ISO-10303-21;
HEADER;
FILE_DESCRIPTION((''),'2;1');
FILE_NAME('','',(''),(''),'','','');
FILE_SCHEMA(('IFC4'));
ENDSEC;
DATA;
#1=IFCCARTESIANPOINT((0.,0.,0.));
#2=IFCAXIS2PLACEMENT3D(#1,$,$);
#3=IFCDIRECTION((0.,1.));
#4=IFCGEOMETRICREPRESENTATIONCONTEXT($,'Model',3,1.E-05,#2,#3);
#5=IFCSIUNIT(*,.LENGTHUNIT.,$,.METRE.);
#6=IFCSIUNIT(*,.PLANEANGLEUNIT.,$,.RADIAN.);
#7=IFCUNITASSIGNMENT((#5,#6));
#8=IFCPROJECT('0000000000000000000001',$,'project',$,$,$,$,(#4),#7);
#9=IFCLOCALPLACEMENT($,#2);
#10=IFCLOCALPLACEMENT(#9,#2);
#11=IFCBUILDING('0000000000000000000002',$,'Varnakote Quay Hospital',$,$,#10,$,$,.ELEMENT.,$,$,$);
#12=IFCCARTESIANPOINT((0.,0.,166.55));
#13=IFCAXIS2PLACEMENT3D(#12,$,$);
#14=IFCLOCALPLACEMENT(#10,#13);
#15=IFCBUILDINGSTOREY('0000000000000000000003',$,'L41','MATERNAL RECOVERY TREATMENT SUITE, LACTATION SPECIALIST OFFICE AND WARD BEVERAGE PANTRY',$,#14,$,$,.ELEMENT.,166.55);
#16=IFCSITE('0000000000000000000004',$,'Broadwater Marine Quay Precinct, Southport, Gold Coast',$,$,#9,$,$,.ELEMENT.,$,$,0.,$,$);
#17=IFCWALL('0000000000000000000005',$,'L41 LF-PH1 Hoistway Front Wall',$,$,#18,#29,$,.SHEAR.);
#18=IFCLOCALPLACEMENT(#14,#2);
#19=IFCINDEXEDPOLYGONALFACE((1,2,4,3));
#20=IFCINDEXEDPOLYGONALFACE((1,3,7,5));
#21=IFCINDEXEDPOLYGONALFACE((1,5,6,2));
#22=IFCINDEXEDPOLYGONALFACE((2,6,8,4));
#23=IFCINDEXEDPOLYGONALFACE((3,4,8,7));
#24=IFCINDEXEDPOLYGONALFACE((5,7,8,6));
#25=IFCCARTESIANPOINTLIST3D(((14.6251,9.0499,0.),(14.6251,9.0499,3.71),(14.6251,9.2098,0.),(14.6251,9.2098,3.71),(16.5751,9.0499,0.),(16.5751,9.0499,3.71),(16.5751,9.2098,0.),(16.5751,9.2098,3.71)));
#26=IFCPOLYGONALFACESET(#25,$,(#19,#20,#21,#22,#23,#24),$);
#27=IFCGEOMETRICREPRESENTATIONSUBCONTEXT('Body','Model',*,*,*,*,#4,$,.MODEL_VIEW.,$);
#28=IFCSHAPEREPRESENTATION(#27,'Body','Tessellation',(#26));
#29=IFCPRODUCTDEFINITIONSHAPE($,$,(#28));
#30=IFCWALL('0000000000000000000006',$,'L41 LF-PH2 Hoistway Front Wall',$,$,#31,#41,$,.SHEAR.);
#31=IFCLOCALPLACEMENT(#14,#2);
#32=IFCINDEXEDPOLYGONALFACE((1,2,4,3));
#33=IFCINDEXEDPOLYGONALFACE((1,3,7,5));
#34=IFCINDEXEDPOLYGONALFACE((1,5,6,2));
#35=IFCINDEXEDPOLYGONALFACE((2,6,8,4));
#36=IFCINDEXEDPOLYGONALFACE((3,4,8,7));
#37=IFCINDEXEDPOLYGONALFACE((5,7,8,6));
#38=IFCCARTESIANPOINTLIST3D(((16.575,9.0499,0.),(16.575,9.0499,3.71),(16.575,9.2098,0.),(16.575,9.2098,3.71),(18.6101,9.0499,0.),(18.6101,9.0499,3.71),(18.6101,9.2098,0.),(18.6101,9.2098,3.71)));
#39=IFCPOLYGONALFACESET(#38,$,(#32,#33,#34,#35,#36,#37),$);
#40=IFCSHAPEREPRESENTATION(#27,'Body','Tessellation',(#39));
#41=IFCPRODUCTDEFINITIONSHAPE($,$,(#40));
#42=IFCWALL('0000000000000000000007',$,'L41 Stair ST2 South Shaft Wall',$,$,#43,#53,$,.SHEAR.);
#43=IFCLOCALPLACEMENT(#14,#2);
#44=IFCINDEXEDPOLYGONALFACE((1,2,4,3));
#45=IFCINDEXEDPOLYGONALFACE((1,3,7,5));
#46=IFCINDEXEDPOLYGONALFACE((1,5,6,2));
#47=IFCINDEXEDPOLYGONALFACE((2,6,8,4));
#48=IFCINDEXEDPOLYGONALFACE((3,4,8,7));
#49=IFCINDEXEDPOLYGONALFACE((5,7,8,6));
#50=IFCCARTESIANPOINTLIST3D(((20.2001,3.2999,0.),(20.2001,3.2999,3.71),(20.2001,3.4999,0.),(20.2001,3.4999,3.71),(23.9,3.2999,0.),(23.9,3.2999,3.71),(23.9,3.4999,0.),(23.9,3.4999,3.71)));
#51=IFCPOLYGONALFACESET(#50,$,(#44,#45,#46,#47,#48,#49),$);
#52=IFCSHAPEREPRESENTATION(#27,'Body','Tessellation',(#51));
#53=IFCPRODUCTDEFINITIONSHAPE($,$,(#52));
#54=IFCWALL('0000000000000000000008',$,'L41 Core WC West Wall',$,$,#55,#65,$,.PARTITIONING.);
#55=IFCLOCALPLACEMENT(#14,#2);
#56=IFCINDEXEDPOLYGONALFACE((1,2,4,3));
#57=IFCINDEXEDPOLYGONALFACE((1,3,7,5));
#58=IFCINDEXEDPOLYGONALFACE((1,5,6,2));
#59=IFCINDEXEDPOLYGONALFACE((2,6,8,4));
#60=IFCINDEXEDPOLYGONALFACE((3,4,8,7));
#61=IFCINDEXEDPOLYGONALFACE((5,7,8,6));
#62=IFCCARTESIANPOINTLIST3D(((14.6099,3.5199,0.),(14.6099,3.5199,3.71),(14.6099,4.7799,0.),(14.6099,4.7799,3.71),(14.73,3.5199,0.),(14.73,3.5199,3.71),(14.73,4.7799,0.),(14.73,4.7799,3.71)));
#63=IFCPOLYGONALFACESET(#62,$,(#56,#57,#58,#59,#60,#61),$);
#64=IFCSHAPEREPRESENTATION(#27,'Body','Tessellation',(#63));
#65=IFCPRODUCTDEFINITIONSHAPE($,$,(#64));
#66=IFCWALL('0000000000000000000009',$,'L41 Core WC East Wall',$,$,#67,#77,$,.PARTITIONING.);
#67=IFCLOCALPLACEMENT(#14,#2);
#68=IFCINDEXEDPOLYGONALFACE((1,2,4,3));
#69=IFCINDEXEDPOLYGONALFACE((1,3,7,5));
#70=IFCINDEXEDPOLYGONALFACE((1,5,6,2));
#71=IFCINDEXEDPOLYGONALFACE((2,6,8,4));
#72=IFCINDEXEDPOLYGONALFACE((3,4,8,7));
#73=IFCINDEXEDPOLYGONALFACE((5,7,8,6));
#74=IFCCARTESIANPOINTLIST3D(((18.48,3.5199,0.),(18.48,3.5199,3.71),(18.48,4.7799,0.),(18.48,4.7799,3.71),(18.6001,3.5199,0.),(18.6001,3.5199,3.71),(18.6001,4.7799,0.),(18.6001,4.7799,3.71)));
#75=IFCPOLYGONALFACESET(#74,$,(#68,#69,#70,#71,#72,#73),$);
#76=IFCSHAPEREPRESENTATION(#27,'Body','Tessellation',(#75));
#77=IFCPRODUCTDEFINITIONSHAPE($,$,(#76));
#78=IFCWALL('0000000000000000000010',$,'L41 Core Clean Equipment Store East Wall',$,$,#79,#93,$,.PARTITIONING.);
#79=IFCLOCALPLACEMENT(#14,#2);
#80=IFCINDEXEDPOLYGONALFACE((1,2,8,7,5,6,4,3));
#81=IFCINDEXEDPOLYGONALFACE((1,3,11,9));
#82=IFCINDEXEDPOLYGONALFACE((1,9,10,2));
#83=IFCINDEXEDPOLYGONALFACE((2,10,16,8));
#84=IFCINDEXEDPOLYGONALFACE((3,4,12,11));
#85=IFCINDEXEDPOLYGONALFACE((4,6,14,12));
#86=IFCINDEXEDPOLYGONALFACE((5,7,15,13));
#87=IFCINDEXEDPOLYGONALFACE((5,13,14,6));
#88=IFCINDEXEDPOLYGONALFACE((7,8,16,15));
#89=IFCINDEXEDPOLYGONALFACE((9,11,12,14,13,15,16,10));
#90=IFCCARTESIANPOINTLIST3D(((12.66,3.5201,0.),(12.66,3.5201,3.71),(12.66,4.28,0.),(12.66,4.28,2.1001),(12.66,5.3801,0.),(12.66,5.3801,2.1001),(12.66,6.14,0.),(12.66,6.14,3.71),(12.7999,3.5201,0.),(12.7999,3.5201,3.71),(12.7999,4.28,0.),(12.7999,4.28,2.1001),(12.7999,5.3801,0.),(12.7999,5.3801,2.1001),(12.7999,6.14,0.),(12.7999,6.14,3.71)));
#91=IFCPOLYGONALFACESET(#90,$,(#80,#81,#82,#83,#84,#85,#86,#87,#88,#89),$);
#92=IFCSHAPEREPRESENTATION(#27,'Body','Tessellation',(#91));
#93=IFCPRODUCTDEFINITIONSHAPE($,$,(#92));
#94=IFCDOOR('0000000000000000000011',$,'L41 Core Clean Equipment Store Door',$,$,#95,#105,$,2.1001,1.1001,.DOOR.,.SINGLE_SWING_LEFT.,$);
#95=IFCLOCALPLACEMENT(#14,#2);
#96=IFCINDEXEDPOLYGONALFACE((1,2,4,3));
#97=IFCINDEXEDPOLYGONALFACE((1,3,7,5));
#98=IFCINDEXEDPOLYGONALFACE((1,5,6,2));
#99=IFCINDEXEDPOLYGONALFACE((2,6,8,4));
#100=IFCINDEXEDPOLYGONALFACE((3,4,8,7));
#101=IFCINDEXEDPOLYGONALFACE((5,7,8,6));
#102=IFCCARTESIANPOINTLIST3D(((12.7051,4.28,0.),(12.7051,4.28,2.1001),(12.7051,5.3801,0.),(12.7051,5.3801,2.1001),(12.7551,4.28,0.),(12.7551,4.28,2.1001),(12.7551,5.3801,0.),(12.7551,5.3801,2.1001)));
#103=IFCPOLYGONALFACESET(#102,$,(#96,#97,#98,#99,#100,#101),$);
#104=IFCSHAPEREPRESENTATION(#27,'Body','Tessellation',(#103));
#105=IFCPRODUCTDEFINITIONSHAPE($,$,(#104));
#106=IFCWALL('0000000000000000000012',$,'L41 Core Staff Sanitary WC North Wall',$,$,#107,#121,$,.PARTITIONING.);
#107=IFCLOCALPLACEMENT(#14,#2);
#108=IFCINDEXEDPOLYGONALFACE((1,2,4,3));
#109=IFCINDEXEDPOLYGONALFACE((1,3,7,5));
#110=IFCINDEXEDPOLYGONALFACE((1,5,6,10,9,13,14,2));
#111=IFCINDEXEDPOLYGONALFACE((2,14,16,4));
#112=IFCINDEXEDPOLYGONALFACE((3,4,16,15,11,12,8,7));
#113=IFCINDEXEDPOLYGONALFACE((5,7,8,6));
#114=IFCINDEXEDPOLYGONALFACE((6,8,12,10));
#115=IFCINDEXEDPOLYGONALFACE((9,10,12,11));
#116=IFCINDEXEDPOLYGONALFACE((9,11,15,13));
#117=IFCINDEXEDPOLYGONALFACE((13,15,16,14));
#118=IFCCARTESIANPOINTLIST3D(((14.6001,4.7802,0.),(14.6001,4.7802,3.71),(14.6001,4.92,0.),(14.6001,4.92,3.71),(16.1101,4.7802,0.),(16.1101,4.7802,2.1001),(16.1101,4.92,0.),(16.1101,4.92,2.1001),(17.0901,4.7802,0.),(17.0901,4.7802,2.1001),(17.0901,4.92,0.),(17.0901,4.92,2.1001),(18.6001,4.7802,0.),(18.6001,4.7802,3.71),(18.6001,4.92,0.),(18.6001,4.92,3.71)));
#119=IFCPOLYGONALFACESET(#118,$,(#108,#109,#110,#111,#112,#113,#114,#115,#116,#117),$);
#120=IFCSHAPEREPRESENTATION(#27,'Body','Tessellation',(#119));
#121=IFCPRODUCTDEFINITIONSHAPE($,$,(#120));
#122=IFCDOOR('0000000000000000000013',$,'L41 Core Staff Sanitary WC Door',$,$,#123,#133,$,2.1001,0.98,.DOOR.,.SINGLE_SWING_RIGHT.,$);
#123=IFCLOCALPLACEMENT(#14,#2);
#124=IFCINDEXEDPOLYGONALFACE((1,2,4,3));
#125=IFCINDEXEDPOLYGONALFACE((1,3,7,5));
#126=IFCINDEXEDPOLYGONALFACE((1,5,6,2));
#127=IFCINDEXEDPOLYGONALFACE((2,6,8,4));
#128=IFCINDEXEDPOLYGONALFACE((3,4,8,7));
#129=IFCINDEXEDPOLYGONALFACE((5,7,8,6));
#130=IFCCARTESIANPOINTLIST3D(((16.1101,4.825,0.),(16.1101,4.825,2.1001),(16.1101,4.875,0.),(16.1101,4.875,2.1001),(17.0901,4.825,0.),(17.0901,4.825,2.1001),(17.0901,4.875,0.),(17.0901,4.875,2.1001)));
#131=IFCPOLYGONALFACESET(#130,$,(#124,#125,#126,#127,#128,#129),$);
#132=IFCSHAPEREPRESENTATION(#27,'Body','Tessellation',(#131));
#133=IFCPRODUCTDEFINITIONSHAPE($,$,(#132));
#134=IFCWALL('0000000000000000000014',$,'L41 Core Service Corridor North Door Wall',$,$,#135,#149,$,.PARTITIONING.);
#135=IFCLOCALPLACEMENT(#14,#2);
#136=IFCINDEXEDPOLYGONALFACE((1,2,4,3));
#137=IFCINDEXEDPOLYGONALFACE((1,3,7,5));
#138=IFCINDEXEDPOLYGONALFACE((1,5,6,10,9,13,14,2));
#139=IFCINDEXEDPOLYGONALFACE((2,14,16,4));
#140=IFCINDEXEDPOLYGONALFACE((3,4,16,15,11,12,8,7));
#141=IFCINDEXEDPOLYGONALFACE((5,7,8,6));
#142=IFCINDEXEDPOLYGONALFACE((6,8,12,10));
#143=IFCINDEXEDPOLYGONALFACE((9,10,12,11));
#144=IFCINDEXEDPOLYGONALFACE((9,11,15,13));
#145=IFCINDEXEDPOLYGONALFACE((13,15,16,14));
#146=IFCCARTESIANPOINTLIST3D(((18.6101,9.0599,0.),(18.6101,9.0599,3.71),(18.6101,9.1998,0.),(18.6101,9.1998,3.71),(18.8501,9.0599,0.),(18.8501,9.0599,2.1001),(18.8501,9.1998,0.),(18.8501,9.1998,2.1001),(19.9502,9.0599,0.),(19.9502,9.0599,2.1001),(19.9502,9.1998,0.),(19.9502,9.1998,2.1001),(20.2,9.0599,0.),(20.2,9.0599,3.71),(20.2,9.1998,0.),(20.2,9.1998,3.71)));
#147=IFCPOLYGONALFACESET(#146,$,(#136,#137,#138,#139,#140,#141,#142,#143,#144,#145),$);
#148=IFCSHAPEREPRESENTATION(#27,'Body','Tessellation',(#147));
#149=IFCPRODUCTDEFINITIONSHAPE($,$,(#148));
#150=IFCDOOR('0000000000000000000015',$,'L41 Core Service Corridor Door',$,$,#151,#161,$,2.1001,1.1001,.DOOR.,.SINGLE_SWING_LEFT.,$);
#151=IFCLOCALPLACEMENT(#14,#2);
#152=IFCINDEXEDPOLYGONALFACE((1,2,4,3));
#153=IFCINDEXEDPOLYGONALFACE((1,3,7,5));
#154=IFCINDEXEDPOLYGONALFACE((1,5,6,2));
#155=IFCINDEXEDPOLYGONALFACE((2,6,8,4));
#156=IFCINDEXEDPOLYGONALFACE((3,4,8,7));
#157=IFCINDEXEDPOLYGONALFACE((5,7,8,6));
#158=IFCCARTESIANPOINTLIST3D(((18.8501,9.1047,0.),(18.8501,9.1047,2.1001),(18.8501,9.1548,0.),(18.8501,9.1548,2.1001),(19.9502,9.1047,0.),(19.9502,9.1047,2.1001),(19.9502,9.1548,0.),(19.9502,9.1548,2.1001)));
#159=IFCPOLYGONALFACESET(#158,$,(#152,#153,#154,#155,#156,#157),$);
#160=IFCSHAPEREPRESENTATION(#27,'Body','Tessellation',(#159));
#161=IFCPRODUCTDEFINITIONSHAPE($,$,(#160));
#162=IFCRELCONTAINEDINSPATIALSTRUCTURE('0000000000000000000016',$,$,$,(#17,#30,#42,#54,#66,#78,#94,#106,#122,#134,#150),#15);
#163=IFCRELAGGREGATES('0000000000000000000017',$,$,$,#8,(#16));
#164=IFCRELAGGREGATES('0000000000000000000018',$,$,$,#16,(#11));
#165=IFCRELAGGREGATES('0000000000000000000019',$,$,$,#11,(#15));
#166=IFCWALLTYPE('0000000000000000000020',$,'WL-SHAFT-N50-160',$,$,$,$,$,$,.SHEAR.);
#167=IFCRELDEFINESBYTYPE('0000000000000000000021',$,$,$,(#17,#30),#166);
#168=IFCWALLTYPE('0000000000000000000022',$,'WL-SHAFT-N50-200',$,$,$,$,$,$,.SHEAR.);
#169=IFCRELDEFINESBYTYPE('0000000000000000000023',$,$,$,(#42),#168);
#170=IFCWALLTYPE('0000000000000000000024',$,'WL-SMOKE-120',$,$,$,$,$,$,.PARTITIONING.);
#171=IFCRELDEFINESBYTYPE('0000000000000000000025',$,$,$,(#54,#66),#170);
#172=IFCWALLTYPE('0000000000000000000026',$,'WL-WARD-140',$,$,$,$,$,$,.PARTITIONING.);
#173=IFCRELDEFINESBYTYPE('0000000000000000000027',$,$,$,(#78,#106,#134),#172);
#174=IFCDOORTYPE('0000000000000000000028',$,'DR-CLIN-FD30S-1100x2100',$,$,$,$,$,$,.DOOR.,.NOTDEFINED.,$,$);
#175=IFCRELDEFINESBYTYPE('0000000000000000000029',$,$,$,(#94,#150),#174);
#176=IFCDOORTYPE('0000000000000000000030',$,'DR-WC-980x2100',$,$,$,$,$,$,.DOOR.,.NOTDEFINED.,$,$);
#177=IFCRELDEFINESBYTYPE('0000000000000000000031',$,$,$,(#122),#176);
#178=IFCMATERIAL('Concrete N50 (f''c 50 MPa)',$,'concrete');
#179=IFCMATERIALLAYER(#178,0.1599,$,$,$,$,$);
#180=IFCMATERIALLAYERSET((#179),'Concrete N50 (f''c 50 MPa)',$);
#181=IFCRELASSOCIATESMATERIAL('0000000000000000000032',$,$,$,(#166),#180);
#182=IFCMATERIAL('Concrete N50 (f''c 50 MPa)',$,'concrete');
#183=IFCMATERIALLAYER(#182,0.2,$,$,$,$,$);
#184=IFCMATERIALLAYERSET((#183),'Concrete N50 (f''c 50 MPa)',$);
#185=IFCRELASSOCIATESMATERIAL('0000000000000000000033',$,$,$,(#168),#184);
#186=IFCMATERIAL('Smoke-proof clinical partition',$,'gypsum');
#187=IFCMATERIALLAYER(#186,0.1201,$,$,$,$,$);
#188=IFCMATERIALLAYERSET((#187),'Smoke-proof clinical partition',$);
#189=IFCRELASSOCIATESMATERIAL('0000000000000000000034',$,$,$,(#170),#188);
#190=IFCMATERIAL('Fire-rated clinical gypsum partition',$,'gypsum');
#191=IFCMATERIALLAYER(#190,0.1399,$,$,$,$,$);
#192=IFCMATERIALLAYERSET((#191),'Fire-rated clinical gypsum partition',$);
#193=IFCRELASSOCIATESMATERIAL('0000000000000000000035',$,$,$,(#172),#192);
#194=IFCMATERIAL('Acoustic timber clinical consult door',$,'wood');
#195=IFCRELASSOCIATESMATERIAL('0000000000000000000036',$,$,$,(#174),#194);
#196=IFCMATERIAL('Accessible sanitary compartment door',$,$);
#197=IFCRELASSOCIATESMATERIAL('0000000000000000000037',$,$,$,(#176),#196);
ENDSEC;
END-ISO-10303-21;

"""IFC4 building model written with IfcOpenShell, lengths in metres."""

from ifc_helpers import new_model, si_unit, direction, frame, frame_2d, origin, place, context, subcontext, project, spatial, rectangle, extrude, material, layer, layer_set, type_object, element, fill, save


model = new_model("IFC4")

# Units and contexts
model_context = context("Model", 3, precision=1e-05, world=origin(), true_north=direction((0.0, 1.0)))
body_context = subcontext(model_context, "Body", "Model", "MODEL_VIEW")
ifc_project = project(units=[si_unit("LENGTHUNIT", "METRE"), si_unit("PLANEANGLEUNIT", "RADIAN")], contexts=[model_context])

# Site, building, storey
site_placement = place(None, origin())
site = spatial("IfcSite", under=ifc_project, at=site_placement, Name="Broadwater Marine Quay Precinct, Southport, Gold Coast", CompositionType="ELEMENT", RefElevation=0.0)
building_placement = place(site_placement, origin())
building = spatial("IfcBuilding", under=site, at=building_placement, Name="Varnakote Quay Hospital", CompositionType="ELEMENT")
storey_placement = place(building_placement, frame((0.0, 0.0, 166.55)))
storey = spatial("IfcBuildingStorey", under=building, at=storey_placement, Name="L41", Description="MATERNAL RECOVERY TREATMENT SUITE, LACTATION SPECIALIST OFFICE AND WARD BEVERAGE PANTRY", CompositionType="ELEMENT", Elevation=166.55)

# Shared definitions
ifc_material_1 = material(Name="Concrete N50 (f'c 50 MPa)", Category="concrete")
ifc_layer_1 = layer(ifc_material_1, 0.1599)
ifc_layer_set_1 = layer_set([ifc_layer_1], Name="Concrete N50 (f'c 50 MPa)")
wall_type_1 = type_object("IfcWallType", Name="WL-SHAFT-N50-160", PredefinedType="SHEAR", material=ifc_layer_set_1)

# Walls
wall_1_placement = place(storey_placement, frame((14.625, 9.1299, 0.0), z_axis=(0.0, 0.0, 1.0), x_axis=(1.0, 0.0, 0.0)))
element("IfcWall", 1, at=wall_1_placement, inside=storey, type_object=wall_type_1, Name="L41 LF-PH1 Hoistway Front Wall", PredefinedType="SHEAR", context=body_context, shape_type="SweptSolid", body=[
    extrude(rectangle(XDim=1.95, YDim=0.1599, at=frame_2d((0.9751, 0.0))), origin(), (0.0, 0.0, 1.0), 3.71),
])
wall_2_placement = place(storey_placement, frame((16.575, 9.1299, 0.0), z_axis=(0.0, 0.0, 1.0), x_axis=(1.0, 0.0, 0.0)))
element("IfcWall", 2, at=wall_2_placement, inside=storey, type_object=wall_type_1, Name="L41 LF-PH2 Hoistway Front Wall", PredefinedType="SHEAR", context=body_context, shape_type="SweptSolid", body=[
    extrude(rectangle(XDim=2.0352, YDim=0.1599, at=frame_2d((1.0176, 0.0))), origin(), (0.0, 0.0, 1.0), 3.71),
])
ifc_material_2 = material(Name="Concrete N50 (f'c 50 MPa)", Category="concrete")
ifc_layer_2 = layer(ifc_material_2, 0.2)
ifc_layer_set_2 = layer_set([ifc_layer_2], Name="Concrete N50 (f'c 50 MPa)")
wall_type_2 = type_object("IfcWallType", Name="WL-SHAFT-N50-200", PredefinedType="SHEAR", material=ifc_layer_set_2)
wall_3_placement = place(storey_placement, frame((20.2, 3.3999, 0.0), z_axis=(0.0, 0.0, 1.0), x_axis=(1.0, 0.0, 0.0)))
element("IfcWall", 3, at=wall_3_placement, inside=storey, type_object=wall_type_2, Name="L41 Stair ST2 South Shaft Wall", PredefinedType="SHEAR", context=body_context, shape_type="SweptSolid", body=[
    extrude(rectangle(XDim=3.7, YDim=0.2, at=frame_2d((1.8501, 0.0))), origin(), (0.0, 0.0, 1.0), 3.71),
])

# Walls
ifc_material_3 = material(Name="Smoke-proof clinical partition", Category="gypsum")
ifc_layer_3 = layer(ifc_material_3, 0.1201)
ifc_layer_set_3 = layer_set([ifc_layer_3], Name="Smoke-proof clinical partition")
wall_type_3 = type_object("IfcWallType", Name="WL-SMOKE-120", PredefinedType="PARTITIONING", material=ifc_layer_set_3)
for number, where, z_axis, x_axis, name in (
    (4, (14.6699, 3.52, 0.0), (0.0, 0.0, 1.0), (0.0, 1.0, 0.0), "L41 Core WC West Wall"),
    (5, (18.54, 3.52, 0.0), (0.0, 0.0, 1.0), (0.0, 1.0, 0.0), "L41 Core WC East Wall"),
):
    element("IfcWall", number, at=place(storey_placement, frame(where, z_axis=z_axis, x_axis=x_axis)), inside=storey, type_object=wall_type_3, Name=name, PredefinedType="PARTITIONING", context=body_context, shape_type="SweptSolid", body=[
        extrude(rectangle(XDim=1.26, YDim=0.1201, at=frame_2d((0.6299, 0.0))), origin(), (0.0, 0.0, 1.0), 3.71),
    ])

# Walls, openings, doors
ifc_material_4 = material(Name="Fire-rated clinical gypsum partition", Category="gypsum")
ifc_layer_4 = layer(ifc_material_4, 0.1399)
ifc_layer_set_4 = layer_set([ifc_layer_4], Name="Fire-rated clinical gypsum partition")
wall_type_4 = type_object("IfcWallType", Name="WL-WARD-140", PredefinedType="PARTITIONING", material=ifc_layer_set_4)
wall_4_placement = place(storey_placement, frame((12.73, 3.52, 0.0), z_axis=(0.0, 0.0, 1.0), x_axis=(0.0, 1.0, 0.0)))
wall_4 = element("IfcWall", 6, at=wall_4_placement, inside=storey, type_object=wall_type_4, Name="L41 Core Clean Equipment Store East Wall", PredefinedType="PARTITIONING", context=body_context, shape_type="SweptSolid", body=[
    extrude(rectangle(XDim=2.6199, YDim=0.1399, at=frame_2d((1.3101, 0.0))), origin(), (0.0, 0.0, 1.0), 3.71),
])
opening_1_placement = place(wall_4_placement, frame((0.76, 0.0, 0.0)))
opening_1 = element("IfcOpeningElement", 7, at=opening_1_placement, cuts=wall_4, PredefinedType="OPENING", context=body_context, shape_type="SweptSolid", body=[
    extrude(rectangle(XDim=1.1001, YDim=2.1001, at=frame_2d((0.55, 1.05))), frame((0.0, 0.0798, 0.0), z_axis=(0.0, -1.0, 0.0), x_axis=(1.0, 0.0, 0.0)), (0.0, 0.0, 1.0), 0.1599),
])
ifc_material_5 = material(Name="Acoustic timber clinical consult door", Category="wood")
door_type_1 = type_object("IfcDoorType", Name="DR-CLIN-FD30S-1100x2100", OperationType="NOTDEFINED", PredefinedType="DOOR", material=ifc_material_5)
door_1_placement = place(opening_1_placement, origin())
door_1 = element("IfcDoor", 8, at=door_1_placement, inside=storey, type_object=door_type_1, Name="L41 Core Clean Equipment Store Door", OperationType="SINGLE_SWING_LEFT", OverallHeight=2.1001, OverallWidth=1.1001, PredefinedType="DOOR", context=body_context, shape_type="SweptSolid", body=[
    extrude(rectangle(XDim=1.1001, YDim=2.1001, at=frame_2d((0.55, 1.05))), frame((0.0, 0.0249, 0.0), z_axis=(0.0, -1.0, 0.0), x_axis=(1.0, 0.0, 0.0)), (0.0, 0.0, 1.0), 0.05),
])
fill(opening_1, door_1)
wall_5_placement = place(storey_placement, frame((14.6001, 4.8501, 0.0), z_axis=(0.0, 0.0, 1.0), x_axis=(1.0, 0.0, 0.0)))
wall_5 = element("IfcWall", 9, at=wall_5_placement, inside=storey, type_object=wall_type_4, Name="L41 Core Staff Sanitary WC North Wall", PredefinedType="PARTITIONING", context=body_context, shape_type="SweptSolid", body=[
    extrude(rectangle(XDim=4.0, YDim=0.1399, at=frame_2d((2.0, 0.0))), origin(), (0.0, 0.0, 1.0), 3.71),
])
opening_2_placement = place(wall_5_placement, frame((1.51, 0.0, 0.0)))
opening_2 = element("IfcOpeningElement", 10, at=opening_2_placement, cuts=wall_5, PredefinedType="OPENING", context=body_context, shape_type="SweptSolid", body=[
    extrude(rectangle(XDim=0.98, YDim=2.1001, at=frame_2d((0.49, 1.05))), frame((0.0, 0.0798, 0.0), z_axis=(0.0, -1.0, 0.0), x_axis=(1.0, 0.0, 0.0)), (0.0, 0.0, 1.0), 0.1599),
])
ifc_material_6 = material(Name="Accessible sanitary compartment door")
door_type_2 = type_object("IfcDoorType", Name="DR-WC-980x2100", OperationType="NOTDEFINED", PredefinedType="DOOR", material=ifc_material_6)
door_2_placement = place(opening_2_placement, origin())
door_2 = element("IfcDoor", 11, at=door_2_placement, inside=storey, type_object=door_type_2, Name="L41 Core Staff Sanitary WC Door", OperationType="SINGLE_SWING_RIGHT", OverallHeight=2.1001, OverallWidth=0.98, PredefinedType="DOOR", context=body_context, shape_type="SweptSolid", body=[
    extrude(rectangle(XDim=0.98, YDim=2.1001, at=frame_2d((0.49, 1.05))), frame((0.0, 0.0249, 0.0), z_axis=(0.0, -1.0, 0.0), x_axis=(1.0, 0.0, 0.0)), (0.0, 0.0, 1.0), 0.05),
])
fill(opening_2, door_2)
wall_6_placement = place(storey_placement, frame((18.6101, 9.1299, 0.0), z_axis=(0.0, 0.0, 1.0), x_axis=(1.0, 0.0, 0.0)))
wall_6 = element("IfcWall", 12, at=wall_6_placement, inside=storey, type_object=wall_type_4, Name="L41 Core Service Corridor North Door Wall", PredefinedType="PARTITIONING", context=body_context, shape_type="SweptSolid", body=[
    extrude(rectangle(XDim=1.5898, YDim=0.1399, at=frame_2d((0.7949, 0.0))), origin(), (0.0, 0.0, 1.0), 3.71),
])
opening_3_placement = place(wall_6_placement, frame((0.24, 0.0, 0.0)))
opening_3 = element("IfcOpeningElement", 13, at=opening_3_placement, cuts=wall_6, PredefinedType="OPENING", context=body_context, shape_type="SweptSolid", body=[
    extrude(rectangle(XDim=1.1001, YDim=2.1001, at=frame_2d((0.55, 1.05))), frame((0.0, 0.0798, 0.0), z_axis=(0.0, -1.0, 0.0), x_axis=(1.0, 0.0, 0.0)), (0.0, 0.0, 1.0), 0.1599),
])
door_3_placement = place(opening_3_placement, origin())
door_3 = element("IfcDoor", 14, at=door_3_placement, inside=storey, type_object=door_type_1, Name="L41 Core Service Corridor Door", OperationType="SINGLE_SWING_LEFT", OverallHeight=2.1001, OverallWidth=1.1001, PredefinedType="DOOR", context=body_context, shape_type="SweptSolid", body=[
    extrude(rectangle(XDim=1.1001, YDim=2.1001, at=frame_2d((0.55, 1.05))), frame((0.0, 0.0249, 0.0), z_axis=(0.0, -1.0, 0.0), x_axis=(1.0, 0.0, 0.0)), (0.0, 0.0, 1.0), 0.05),
])
fill(opening_3, door_3)

save(model, "model.ifc")
